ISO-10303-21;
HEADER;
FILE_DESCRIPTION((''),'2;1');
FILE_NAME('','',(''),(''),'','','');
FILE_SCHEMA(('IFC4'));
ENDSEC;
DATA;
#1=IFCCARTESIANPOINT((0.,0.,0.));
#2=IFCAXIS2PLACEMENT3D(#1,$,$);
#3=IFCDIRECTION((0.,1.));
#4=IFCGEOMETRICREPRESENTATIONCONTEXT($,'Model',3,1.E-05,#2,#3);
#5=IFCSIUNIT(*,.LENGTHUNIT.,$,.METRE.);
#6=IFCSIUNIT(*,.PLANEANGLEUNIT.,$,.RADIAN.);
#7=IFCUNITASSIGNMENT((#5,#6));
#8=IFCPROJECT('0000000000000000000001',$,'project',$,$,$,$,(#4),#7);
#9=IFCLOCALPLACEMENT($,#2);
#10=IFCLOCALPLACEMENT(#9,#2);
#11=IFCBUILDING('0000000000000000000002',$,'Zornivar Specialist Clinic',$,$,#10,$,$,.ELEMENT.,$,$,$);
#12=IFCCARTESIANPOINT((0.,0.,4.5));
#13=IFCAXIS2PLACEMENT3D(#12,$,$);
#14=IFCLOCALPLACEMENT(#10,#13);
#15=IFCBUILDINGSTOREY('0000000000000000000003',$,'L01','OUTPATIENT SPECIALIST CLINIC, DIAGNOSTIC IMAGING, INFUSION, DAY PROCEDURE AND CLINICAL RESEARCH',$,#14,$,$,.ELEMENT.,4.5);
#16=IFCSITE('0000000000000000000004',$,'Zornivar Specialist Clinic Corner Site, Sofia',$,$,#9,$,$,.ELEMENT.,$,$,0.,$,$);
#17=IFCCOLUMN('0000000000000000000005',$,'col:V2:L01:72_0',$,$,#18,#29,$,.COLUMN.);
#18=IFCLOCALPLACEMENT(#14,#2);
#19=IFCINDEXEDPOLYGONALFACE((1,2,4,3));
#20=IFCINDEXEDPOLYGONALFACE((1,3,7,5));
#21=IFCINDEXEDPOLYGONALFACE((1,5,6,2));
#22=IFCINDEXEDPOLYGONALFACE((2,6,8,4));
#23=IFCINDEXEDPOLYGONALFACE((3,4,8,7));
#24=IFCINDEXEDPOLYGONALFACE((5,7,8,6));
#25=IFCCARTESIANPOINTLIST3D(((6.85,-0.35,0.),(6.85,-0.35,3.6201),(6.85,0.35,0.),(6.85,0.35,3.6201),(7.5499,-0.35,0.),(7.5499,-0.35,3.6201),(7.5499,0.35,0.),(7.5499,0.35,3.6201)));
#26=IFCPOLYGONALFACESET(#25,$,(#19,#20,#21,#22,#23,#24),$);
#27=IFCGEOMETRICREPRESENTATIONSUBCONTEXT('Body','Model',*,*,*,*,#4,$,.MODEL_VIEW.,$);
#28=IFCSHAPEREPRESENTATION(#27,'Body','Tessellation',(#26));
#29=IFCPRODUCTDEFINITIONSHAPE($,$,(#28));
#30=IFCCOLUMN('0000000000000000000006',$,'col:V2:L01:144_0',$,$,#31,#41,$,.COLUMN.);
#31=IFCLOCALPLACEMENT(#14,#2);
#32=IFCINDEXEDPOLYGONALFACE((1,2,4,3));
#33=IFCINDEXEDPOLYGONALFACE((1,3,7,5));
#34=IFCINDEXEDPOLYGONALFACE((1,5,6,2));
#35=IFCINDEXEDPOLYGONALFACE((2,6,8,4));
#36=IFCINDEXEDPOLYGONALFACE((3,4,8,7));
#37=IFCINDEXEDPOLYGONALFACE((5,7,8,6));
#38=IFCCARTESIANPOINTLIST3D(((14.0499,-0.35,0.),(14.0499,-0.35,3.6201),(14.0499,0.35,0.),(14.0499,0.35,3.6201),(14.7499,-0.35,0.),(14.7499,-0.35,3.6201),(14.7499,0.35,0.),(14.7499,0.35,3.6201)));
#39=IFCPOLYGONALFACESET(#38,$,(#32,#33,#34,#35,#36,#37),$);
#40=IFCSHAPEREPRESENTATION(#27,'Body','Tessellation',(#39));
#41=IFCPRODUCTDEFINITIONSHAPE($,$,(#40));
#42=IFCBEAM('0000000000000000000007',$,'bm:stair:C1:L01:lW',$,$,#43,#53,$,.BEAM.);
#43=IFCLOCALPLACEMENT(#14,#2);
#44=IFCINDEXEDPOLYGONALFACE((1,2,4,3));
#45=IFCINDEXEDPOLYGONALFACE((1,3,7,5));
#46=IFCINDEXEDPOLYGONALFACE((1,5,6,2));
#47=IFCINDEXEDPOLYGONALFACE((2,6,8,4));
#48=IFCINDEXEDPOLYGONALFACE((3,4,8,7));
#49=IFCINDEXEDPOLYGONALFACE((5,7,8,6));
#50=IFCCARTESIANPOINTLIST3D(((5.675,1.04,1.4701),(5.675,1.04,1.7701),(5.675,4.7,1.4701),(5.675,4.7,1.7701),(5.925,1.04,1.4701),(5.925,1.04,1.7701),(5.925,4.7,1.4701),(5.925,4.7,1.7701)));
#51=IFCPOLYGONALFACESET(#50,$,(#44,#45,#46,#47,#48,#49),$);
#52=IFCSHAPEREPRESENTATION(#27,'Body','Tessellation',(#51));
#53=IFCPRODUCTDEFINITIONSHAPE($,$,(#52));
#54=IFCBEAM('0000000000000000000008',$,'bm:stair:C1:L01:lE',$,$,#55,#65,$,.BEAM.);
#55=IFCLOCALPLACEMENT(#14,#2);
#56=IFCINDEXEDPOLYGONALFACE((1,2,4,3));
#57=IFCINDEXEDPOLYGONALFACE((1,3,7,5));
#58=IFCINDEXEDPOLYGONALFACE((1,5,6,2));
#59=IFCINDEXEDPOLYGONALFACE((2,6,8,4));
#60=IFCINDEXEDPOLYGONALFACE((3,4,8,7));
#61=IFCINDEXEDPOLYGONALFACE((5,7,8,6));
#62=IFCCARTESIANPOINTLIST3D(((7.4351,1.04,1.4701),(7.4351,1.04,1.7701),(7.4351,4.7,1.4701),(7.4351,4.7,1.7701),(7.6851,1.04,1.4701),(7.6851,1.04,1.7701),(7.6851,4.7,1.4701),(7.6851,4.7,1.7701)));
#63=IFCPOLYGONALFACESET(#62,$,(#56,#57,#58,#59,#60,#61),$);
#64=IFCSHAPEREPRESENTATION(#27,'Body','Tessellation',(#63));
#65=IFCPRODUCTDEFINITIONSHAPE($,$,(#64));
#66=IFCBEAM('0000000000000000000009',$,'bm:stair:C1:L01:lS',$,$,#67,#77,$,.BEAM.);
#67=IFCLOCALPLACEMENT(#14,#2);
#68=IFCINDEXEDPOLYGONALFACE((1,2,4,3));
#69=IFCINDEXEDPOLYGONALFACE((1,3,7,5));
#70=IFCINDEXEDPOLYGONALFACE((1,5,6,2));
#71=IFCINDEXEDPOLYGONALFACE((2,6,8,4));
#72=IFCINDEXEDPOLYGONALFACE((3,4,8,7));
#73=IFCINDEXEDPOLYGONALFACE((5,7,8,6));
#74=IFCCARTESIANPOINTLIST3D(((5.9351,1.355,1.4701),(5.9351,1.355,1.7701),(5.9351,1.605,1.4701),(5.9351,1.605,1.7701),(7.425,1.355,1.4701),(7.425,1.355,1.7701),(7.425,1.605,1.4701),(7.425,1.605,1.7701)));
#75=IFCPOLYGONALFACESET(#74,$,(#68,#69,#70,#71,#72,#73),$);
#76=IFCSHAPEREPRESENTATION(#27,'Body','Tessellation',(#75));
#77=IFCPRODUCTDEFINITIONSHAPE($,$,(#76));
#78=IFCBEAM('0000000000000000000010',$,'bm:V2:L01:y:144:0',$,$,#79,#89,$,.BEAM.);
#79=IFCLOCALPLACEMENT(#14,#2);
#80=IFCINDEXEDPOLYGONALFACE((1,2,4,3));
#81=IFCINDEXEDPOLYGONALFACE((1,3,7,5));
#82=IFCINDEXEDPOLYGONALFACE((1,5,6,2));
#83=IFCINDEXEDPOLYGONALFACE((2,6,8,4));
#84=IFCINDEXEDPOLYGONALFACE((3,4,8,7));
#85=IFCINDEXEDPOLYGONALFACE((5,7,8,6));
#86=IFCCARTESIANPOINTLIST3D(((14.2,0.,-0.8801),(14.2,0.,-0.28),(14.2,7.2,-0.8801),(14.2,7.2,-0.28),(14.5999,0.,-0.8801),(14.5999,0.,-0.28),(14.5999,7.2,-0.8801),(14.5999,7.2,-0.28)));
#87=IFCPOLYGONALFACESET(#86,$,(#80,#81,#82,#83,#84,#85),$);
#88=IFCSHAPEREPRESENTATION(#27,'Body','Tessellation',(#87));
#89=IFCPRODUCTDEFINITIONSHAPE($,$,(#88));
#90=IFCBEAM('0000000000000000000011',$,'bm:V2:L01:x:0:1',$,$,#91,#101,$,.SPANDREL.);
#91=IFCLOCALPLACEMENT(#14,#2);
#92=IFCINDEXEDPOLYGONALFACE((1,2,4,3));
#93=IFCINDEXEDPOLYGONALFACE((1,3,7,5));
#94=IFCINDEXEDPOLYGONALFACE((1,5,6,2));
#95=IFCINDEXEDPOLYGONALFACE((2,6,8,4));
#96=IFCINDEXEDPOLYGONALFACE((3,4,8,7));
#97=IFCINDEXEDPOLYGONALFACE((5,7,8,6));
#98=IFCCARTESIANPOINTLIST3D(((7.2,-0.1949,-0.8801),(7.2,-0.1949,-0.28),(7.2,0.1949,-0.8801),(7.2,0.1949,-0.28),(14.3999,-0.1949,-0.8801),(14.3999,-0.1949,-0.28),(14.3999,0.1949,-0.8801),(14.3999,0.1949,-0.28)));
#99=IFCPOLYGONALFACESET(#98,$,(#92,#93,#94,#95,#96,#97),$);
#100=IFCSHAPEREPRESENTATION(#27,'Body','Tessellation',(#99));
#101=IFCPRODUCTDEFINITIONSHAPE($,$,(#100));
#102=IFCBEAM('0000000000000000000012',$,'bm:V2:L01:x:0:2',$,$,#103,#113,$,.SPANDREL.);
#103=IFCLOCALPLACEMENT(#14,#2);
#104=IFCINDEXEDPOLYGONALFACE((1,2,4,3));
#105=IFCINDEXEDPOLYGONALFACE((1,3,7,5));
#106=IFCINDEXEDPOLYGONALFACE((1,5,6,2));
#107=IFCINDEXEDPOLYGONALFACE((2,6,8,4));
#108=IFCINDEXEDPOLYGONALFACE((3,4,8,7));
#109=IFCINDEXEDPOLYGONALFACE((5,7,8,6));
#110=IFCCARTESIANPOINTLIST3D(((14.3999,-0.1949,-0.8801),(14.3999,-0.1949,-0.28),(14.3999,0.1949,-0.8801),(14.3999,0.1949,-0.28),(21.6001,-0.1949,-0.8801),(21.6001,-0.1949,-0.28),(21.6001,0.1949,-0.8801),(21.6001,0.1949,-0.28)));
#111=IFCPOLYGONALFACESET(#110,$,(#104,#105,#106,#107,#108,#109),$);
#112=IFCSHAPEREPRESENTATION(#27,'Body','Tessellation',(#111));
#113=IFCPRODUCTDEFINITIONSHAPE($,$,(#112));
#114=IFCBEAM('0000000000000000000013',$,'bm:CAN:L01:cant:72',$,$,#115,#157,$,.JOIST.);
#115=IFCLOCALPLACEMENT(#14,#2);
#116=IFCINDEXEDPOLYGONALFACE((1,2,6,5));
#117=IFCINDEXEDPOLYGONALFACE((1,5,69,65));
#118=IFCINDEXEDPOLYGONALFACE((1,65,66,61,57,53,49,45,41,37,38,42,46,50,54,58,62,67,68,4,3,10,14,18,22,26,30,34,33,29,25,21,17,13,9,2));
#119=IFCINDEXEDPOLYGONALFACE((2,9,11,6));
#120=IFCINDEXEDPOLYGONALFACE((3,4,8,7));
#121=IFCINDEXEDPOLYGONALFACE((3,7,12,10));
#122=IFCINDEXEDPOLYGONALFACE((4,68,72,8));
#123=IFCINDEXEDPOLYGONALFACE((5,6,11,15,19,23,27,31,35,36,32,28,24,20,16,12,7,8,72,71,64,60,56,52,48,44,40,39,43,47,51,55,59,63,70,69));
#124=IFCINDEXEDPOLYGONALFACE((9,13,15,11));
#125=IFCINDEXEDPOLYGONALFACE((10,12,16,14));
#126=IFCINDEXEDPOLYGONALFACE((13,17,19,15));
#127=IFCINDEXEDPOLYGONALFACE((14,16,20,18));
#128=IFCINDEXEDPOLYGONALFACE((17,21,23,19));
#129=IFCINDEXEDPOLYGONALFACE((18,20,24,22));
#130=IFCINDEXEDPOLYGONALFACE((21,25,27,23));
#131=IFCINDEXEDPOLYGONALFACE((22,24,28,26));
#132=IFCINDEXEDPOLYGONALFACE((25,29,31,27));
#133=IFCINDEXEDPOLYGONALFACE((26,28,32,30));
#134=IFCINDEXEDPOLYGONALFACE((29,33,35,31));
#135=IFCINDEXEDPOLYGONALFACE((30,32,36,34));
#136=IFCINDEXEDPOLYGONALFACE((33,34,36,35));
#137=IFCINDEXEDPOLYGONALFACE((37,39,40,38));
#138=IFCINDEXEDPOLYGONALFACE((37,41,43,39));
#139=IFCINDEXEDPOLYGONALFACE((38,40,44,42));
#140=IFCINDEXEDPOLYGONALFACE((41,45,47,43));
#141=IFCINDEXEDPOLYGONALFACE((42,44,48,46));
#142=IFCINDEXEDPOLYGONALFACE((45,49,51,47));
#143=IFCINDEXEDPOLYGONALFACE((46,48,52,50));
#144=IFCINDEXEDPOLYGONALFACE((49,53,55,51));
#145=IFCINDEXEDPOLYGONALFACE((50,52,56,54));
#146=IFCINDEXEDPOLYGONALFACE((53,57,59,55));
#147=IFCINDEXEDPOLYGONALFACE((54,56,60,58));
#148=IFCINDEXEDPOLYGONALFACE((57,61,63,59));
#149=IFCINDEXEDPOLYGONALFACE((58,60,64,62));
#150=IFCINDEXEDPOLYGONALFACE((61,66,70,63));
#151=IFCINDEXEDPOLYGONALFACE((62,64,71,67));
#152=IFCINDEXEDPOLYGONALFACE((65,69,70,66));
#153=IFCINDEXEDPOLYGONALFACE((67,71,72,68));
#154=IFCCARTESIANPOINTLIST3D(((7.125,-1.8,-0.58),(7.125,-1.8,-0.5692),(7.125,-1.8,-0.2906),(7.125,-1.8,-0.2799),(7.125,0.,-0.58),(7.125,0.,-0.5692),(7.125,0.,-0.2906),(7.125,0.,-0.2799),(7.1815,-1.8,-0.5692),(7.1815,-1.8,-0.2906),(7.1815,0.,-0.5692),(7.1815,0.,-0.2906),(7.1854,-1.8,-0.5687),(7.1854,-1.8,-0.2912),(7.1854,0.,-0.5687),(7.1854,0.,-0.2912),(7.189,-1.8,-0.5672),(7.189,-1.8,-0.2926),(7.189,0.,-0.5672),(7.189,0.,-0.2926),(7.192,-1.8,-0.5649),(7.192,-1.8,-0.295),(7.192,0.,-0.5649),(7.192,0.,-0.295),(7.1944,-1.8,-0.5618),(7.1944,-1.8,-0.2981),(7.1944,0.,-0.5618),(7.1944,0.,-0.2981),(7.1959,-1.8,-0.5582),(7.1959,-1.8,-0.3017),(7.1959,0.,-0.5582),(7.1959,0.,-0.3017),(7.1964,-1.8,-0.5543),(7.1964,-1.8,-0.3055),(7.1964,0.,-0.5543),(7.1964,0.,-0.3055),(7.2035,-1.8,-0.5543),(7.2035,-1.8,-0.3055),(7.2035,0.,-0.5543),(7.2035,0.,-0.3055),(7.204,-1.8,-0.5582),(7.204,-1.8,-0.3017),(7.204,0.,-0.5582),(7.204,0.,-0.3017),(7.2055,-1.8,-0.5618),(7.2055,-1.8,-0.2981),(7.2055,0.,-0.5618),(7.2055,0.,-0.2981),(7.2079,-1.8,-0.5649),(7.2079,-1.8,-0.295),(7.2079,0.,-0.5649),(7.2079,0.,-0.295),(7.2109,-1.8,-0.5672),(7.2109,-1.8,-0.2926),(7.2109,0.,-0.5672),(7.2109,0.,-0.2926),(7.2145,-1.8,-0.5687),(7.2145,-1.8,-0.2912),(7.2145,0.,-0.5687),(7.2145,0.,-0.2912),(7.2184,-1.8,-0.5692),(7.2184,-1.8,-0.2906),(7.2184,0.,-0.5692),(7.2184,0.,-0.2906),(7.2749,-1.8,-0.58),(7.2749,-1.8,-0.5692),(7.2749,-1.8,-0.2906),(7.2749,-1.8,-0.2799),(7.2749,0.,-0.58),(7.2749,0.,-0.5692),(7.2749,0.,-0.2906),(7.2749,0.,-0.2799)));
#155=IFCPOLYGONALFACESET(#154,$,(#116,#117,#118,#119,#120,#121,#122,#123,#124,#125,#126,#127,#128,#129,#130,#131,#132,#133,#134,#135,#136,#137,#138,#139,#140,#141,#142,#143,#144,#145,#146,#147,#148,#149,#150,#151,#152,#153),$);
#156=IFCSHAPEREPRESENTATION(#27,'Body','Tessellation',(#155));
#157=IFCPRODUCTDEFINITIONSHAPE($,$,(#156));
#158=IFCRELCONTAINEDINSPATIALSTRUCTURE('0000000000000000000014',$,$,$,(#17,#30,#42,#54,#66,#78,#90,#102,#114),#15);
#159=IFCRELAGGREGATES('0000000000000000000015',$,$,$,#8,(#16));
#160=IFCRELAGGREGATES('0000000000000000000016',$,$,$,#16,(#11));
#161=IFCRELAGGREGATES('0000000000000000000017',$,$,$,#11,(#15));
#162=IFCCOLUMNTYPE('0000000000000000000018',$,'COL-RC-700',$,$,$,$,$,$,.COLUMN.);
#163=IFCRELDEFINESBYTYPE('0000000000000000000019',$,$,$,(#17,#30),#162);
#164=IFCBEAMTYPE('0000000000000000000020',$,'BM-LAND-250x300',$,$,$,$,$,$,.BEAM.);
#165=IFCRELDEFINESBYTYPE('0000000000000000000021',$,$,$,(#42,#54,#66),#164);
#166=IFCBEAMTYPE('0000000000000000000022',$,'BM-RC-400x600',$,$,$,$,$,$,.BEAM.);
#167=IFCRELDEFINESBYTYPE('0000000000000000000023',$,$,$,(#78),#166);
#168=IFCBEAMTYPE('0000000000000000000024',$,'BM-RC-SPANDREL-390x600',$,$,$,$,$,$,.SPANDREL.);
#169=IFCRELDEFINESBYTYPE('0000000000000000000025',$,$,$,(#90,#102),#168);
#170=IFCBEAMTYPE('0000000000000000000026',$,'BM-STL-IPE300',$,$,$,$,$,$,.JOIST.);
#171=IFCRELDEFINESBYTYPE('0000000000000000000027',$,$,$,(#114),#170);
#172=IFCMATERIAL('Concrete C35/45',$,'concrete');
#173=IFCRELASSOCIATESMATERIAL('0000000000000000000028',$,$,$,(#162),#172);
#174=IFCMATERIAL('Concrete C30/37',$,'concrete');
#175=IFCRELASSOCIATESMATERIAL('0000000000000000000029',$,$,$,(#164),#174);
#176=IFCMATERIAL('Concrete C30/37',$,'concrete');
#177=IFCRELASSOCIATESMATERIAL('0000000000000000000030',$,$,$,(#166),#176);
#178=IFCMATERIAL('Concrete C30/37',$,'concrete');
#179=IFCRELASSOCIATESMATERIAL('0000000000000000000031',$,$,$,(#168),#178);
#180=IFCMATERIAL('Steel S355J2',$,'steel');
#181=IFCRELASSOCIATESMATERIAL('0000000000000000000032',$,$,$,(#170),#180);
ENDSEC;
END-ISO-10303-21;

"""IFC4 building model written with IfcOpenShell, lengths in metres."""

from ifc_helpers import new_model, si_unit, direction, frame, origin, origin_2d, place, context, subcontext, project, spatial, rectangle, i_section, extrude, material, material_profile, profile_set, type_object, element, save


model = new_model("IFC4")

# Units and contexts
model_context = context("Model", 3, precision=1e-05, world=origin(), true_north=direction((0.0, 1.0)))
body_context = subcontext(model_context, "Body", "Model", "MODEL_VIEW")
ifc_project = project(units=[si_unit("LENGTHUNIT", "METRE"), si_unit("PLANEANGLEUNIT", "RADIAN")], contexts=[model_context])

# Site, building, storey
site_placement = place(None, origin())
site = spatial("IfcSite", under=ifc_project, at=site_placement, Name="Zornivar Specialist Clinic Corner Site, Sofia", CompositionType="ELEMENT", RefElevation=0.0)
building_placement = place(site_placement, origin())
building = spatial("IfcBuilding", under=site, at=building_placement, Name="Zornivar Specialist Clinic", CompositionType="ELEMENT")
storey_placement = place(building_placement, frame((0.0, 0.0, 4.5)))
storey = spatial("IfcBuildingStorey", under=building, at=storey_placement, Name="L01", Description="OUTPATIENT SPECIALIST CLINIC, DIAGNOSTIC IMAGING, INFUSION, DAY PROCEDURE AND CLINICAL RESEARCH", CompositionType="ELEMENT", Elevation=4.5)

# Columns
ifc_material_1 = material(Name="Concrete C35/45", Category="concrete")
ifc_material_profile_1 = material_profile(ifc_material_1, rectangle(XDim=0.7, YDim=0.7, at=origin_2d()), Name="RC 700x700")
ifc_profile_set_1 = profile_set([ifc_material_profile_1], Name="Concrete C35/45")
column_type = type_object("IfcColumnType", Name="COL-RC-700", PredefinedType="COLUMN", material=ifc_profile_set_1)
for number, where, z_axis, x_axis, name in (
    (1, (7.2, 0.0, 0.0), (0.0, 0.0, 1.0), (1.0, 0.0, 0.0), "col:V2:L01:72_0"),
    (2, (14.3999, 0.0, 0.0), (0.0, 0.0, 1.0), (1.0, 0.0, 0.0), "col:V2:L01:144_0"),
):
    element("IfcColumn", number, at=place(storey_placement, frame(where, z_axis=z_axis, x_axis=x_axis)), inside=storey, type_object=column_type, Name=name, PredefinedType="COLUMN", context=body_context, shape_type="SweptSolid", body=[
        extrude(rectangle(XDim=0.7, YDim=0.7, at=origin_2d()), origin(), (0.0, 0.0, 1.0), 3.6201),
    ])

# Beams
ifc_material_2 = material(Name="Concrete C30/37", Category="concrete")
ifc_material_profile_2 = material_profile(ifc_material_2, rectangle(XDim=0.25, YDim=0.3, at=origin_2d()), Name="RC 250x300")
ifc_profile_set_2 = profile_set([ifc_material_profile_2], Name="Concrete C30/37")
beam_type_1 = type_object("IfcBeamType", Name="BM-LAND-250x300", PredefinedType="BEAM", material=ifc_profile_set_2)
for number, where, z_axis, x_axis, name in (
    (3, (5.8, 1.04, 1.6201), (0.0, 1.0, 0.0), (-1.0, 0.0, 0.0), "bm:stair:C1:L01:lW"),
    (4, (7.5601, 1.04, 1.6201), (0.0, 1.0, 0.0), (-1.0, 0.0, 0.0), "bm:stair:C1:L01:lE"),
):
    element("IfcBeam", number, at=place(storey_placement, frame(where, z_axis=z_axis, x_axis=x_axis)), inside=storey, type_object=beam_type_1, Name=name, PredefinedType="BEAM", context=body_context, shape_type="SweptSolid", body=[
        extrude(rectangle(XDim=0.25, YDim=0.3, at=origin_2d()), origin(), (0.0, 0.0, 1.0), 3.6599),
    ])
beam_1_placement = place(storey_placement, frame((5.9351, 1.48, 1.6201), z_axis=(1.0, 0.0, 0.0), x_axis=(0.0, 1.0, 0.0)))
element("IfcBeam", 5, at=beam_1_placement, inside=storey, type_object=beam_type_1, Name="bm:stair:C1:L01:lS", PredefinedType="BEAM", context=body_context, shape_type="SweptSolid", body=[
    extrude(rectangle(XDim=0.25, YDim=0.3, at=origin_2d()), origin(), (0.0, 0.0, 1.0), 1.49),
])
ifc_material_3 = material(Name="Concrete C30/37", Category="concrete")
ifc_material_profile_3 = material_profile(ifc_material_3, rectangle(XDim=0.3999, YDim=0.6001, at=origin_2d()), Name="RC 400x600")
ifc_profile_set_3 = profile_set([ifc_material_profile_3], Name="Concrete C30/37")
beam_type_2 = type_object("IfcBeamType", Name="BM-RC-400x600", PredefinedType="BEAM", material=ifc_profile_set_3)
beam_2_placement = place(storey_placement, frame((14.3999, 0.0, -0.5801), z_axis=(0.0, 1.0, 0.0), x_axis=(-1.0, 0.0, 0.0)))
element("IfcBeam", 6, at=beam_2_placement, inside=storey, type_object=beam_type_2, Name="bm:V2:L01:y:144:0", PredefinedType="BEAM", context=body_context, shape_type="SweptSolid", body=[
    extrude(rectangle(XDim=0.3999, YDim=0.6001, at=origin_2d()), origin(), (0.0, 0.0, 1.0), 7.2),
])
ifc_material_4 = material(Name="Concrete C30/37", Category="concrete")
ifc_material_profile_4 = material_profile(ifc_material_4, rectangle(XDim=0.3899, YDim=0.6001, at=origin_2d()), Name="RC 390x600")
ifc_profile_set_4 = profile_set([ifc_material_profile_4], Name="Concrete C30/37")
beam_type_3 = type_object("IfcBeamType", Name="BM-RC-SPANDREL-390x600", PredefinedType="SPANDREL", material=ifc_profile_set_4)
beam_3_placement = place(storey_placement, frame((7.2, 0.0, -0.5801), z_axis=(1.0, 0.0, 0.0), x_axis=(0.0, 1.0, 0.0)))
element("IfcBeam", 7, at=beam_3_placement, inside=storey, type_object=beam_type_3, Name="bm:V2:L01:x:0:1", PredefinedType="SPANDREL", context=body_context, shape_type="SweptSolid", body=[
    extrude(rectangle(XDim=0.3899, YDim=0.6001, at=origin_2d()), origin(), (0.0, 0.0, 1.0), 7.2),
])
beam_4_placement = place(storey_placement, frame((14.3999, 0.0, -0.5801), z_axis=(1.0, 0.0, 0.0), x_axis=(0.0, 1.0, 0.0)))
element("IfcBeam", 8, at=beam_4_placement, inside=storey, type_object=beam_type_3, Name="bm:V2:L01:x:0:2", PredefinedType="SPANDREL", context=body_context, shape_type="SweptSolid", body=[
    extrude(rectangle(XDim=0.3899, YDim=0.6001, at=origin_2d()), origin(), (0.0, 0.0, 1.0), 7.2002),
])
ifc_material_5 = material(Name="Steel S355J2", Category="steel")
ifc_material_profile_5 = material_profile(ifc_material_5, i_section(OverallWidth=0.1499, OverallDepth=0.3, WebThickness=0.0071, FlangeThickness=0.0107, FilletRadius=0.0149, at=origin_2d()), Name="IPE 300")
ifc_profile_set_5 = profile_set([ifc_material_profile_5], Name="Steel S355J2")
beam_type_4 = type_object("IfcBeamType", Name="BM-STL-IPE300", PredefinedType="JOIST", material=ifc_profile_set_5)
for number, where, z_axis, x_axis, name in (
    (9, (7.2, 0.0, -0.4299), (0.0, -1.0, 0.0), (1.0, 0.0, 0.0), "bm:CAN:L01:cant:72"),
):
    element("IfcBeam", number, at=place(storey_placement, frame(where, z_axis=z_axis, x_axis=x_axis)), inside=storey, type_object=beam_type_4, Name=name, PredefinedType="JOIST", context=body_context, shape_type="SweptSolid", body=[
        extrude(i_section(OverallWidth=0.1499, OverallDepth=0.3, WebThickness=0.0071, FlangeThickness=0.0107, FilletRadius=0.0149, at=origin_2d()), origin(), (0.0, 0.0, 1.0), 1.8),
    ])

save(model, "model.ifc")
